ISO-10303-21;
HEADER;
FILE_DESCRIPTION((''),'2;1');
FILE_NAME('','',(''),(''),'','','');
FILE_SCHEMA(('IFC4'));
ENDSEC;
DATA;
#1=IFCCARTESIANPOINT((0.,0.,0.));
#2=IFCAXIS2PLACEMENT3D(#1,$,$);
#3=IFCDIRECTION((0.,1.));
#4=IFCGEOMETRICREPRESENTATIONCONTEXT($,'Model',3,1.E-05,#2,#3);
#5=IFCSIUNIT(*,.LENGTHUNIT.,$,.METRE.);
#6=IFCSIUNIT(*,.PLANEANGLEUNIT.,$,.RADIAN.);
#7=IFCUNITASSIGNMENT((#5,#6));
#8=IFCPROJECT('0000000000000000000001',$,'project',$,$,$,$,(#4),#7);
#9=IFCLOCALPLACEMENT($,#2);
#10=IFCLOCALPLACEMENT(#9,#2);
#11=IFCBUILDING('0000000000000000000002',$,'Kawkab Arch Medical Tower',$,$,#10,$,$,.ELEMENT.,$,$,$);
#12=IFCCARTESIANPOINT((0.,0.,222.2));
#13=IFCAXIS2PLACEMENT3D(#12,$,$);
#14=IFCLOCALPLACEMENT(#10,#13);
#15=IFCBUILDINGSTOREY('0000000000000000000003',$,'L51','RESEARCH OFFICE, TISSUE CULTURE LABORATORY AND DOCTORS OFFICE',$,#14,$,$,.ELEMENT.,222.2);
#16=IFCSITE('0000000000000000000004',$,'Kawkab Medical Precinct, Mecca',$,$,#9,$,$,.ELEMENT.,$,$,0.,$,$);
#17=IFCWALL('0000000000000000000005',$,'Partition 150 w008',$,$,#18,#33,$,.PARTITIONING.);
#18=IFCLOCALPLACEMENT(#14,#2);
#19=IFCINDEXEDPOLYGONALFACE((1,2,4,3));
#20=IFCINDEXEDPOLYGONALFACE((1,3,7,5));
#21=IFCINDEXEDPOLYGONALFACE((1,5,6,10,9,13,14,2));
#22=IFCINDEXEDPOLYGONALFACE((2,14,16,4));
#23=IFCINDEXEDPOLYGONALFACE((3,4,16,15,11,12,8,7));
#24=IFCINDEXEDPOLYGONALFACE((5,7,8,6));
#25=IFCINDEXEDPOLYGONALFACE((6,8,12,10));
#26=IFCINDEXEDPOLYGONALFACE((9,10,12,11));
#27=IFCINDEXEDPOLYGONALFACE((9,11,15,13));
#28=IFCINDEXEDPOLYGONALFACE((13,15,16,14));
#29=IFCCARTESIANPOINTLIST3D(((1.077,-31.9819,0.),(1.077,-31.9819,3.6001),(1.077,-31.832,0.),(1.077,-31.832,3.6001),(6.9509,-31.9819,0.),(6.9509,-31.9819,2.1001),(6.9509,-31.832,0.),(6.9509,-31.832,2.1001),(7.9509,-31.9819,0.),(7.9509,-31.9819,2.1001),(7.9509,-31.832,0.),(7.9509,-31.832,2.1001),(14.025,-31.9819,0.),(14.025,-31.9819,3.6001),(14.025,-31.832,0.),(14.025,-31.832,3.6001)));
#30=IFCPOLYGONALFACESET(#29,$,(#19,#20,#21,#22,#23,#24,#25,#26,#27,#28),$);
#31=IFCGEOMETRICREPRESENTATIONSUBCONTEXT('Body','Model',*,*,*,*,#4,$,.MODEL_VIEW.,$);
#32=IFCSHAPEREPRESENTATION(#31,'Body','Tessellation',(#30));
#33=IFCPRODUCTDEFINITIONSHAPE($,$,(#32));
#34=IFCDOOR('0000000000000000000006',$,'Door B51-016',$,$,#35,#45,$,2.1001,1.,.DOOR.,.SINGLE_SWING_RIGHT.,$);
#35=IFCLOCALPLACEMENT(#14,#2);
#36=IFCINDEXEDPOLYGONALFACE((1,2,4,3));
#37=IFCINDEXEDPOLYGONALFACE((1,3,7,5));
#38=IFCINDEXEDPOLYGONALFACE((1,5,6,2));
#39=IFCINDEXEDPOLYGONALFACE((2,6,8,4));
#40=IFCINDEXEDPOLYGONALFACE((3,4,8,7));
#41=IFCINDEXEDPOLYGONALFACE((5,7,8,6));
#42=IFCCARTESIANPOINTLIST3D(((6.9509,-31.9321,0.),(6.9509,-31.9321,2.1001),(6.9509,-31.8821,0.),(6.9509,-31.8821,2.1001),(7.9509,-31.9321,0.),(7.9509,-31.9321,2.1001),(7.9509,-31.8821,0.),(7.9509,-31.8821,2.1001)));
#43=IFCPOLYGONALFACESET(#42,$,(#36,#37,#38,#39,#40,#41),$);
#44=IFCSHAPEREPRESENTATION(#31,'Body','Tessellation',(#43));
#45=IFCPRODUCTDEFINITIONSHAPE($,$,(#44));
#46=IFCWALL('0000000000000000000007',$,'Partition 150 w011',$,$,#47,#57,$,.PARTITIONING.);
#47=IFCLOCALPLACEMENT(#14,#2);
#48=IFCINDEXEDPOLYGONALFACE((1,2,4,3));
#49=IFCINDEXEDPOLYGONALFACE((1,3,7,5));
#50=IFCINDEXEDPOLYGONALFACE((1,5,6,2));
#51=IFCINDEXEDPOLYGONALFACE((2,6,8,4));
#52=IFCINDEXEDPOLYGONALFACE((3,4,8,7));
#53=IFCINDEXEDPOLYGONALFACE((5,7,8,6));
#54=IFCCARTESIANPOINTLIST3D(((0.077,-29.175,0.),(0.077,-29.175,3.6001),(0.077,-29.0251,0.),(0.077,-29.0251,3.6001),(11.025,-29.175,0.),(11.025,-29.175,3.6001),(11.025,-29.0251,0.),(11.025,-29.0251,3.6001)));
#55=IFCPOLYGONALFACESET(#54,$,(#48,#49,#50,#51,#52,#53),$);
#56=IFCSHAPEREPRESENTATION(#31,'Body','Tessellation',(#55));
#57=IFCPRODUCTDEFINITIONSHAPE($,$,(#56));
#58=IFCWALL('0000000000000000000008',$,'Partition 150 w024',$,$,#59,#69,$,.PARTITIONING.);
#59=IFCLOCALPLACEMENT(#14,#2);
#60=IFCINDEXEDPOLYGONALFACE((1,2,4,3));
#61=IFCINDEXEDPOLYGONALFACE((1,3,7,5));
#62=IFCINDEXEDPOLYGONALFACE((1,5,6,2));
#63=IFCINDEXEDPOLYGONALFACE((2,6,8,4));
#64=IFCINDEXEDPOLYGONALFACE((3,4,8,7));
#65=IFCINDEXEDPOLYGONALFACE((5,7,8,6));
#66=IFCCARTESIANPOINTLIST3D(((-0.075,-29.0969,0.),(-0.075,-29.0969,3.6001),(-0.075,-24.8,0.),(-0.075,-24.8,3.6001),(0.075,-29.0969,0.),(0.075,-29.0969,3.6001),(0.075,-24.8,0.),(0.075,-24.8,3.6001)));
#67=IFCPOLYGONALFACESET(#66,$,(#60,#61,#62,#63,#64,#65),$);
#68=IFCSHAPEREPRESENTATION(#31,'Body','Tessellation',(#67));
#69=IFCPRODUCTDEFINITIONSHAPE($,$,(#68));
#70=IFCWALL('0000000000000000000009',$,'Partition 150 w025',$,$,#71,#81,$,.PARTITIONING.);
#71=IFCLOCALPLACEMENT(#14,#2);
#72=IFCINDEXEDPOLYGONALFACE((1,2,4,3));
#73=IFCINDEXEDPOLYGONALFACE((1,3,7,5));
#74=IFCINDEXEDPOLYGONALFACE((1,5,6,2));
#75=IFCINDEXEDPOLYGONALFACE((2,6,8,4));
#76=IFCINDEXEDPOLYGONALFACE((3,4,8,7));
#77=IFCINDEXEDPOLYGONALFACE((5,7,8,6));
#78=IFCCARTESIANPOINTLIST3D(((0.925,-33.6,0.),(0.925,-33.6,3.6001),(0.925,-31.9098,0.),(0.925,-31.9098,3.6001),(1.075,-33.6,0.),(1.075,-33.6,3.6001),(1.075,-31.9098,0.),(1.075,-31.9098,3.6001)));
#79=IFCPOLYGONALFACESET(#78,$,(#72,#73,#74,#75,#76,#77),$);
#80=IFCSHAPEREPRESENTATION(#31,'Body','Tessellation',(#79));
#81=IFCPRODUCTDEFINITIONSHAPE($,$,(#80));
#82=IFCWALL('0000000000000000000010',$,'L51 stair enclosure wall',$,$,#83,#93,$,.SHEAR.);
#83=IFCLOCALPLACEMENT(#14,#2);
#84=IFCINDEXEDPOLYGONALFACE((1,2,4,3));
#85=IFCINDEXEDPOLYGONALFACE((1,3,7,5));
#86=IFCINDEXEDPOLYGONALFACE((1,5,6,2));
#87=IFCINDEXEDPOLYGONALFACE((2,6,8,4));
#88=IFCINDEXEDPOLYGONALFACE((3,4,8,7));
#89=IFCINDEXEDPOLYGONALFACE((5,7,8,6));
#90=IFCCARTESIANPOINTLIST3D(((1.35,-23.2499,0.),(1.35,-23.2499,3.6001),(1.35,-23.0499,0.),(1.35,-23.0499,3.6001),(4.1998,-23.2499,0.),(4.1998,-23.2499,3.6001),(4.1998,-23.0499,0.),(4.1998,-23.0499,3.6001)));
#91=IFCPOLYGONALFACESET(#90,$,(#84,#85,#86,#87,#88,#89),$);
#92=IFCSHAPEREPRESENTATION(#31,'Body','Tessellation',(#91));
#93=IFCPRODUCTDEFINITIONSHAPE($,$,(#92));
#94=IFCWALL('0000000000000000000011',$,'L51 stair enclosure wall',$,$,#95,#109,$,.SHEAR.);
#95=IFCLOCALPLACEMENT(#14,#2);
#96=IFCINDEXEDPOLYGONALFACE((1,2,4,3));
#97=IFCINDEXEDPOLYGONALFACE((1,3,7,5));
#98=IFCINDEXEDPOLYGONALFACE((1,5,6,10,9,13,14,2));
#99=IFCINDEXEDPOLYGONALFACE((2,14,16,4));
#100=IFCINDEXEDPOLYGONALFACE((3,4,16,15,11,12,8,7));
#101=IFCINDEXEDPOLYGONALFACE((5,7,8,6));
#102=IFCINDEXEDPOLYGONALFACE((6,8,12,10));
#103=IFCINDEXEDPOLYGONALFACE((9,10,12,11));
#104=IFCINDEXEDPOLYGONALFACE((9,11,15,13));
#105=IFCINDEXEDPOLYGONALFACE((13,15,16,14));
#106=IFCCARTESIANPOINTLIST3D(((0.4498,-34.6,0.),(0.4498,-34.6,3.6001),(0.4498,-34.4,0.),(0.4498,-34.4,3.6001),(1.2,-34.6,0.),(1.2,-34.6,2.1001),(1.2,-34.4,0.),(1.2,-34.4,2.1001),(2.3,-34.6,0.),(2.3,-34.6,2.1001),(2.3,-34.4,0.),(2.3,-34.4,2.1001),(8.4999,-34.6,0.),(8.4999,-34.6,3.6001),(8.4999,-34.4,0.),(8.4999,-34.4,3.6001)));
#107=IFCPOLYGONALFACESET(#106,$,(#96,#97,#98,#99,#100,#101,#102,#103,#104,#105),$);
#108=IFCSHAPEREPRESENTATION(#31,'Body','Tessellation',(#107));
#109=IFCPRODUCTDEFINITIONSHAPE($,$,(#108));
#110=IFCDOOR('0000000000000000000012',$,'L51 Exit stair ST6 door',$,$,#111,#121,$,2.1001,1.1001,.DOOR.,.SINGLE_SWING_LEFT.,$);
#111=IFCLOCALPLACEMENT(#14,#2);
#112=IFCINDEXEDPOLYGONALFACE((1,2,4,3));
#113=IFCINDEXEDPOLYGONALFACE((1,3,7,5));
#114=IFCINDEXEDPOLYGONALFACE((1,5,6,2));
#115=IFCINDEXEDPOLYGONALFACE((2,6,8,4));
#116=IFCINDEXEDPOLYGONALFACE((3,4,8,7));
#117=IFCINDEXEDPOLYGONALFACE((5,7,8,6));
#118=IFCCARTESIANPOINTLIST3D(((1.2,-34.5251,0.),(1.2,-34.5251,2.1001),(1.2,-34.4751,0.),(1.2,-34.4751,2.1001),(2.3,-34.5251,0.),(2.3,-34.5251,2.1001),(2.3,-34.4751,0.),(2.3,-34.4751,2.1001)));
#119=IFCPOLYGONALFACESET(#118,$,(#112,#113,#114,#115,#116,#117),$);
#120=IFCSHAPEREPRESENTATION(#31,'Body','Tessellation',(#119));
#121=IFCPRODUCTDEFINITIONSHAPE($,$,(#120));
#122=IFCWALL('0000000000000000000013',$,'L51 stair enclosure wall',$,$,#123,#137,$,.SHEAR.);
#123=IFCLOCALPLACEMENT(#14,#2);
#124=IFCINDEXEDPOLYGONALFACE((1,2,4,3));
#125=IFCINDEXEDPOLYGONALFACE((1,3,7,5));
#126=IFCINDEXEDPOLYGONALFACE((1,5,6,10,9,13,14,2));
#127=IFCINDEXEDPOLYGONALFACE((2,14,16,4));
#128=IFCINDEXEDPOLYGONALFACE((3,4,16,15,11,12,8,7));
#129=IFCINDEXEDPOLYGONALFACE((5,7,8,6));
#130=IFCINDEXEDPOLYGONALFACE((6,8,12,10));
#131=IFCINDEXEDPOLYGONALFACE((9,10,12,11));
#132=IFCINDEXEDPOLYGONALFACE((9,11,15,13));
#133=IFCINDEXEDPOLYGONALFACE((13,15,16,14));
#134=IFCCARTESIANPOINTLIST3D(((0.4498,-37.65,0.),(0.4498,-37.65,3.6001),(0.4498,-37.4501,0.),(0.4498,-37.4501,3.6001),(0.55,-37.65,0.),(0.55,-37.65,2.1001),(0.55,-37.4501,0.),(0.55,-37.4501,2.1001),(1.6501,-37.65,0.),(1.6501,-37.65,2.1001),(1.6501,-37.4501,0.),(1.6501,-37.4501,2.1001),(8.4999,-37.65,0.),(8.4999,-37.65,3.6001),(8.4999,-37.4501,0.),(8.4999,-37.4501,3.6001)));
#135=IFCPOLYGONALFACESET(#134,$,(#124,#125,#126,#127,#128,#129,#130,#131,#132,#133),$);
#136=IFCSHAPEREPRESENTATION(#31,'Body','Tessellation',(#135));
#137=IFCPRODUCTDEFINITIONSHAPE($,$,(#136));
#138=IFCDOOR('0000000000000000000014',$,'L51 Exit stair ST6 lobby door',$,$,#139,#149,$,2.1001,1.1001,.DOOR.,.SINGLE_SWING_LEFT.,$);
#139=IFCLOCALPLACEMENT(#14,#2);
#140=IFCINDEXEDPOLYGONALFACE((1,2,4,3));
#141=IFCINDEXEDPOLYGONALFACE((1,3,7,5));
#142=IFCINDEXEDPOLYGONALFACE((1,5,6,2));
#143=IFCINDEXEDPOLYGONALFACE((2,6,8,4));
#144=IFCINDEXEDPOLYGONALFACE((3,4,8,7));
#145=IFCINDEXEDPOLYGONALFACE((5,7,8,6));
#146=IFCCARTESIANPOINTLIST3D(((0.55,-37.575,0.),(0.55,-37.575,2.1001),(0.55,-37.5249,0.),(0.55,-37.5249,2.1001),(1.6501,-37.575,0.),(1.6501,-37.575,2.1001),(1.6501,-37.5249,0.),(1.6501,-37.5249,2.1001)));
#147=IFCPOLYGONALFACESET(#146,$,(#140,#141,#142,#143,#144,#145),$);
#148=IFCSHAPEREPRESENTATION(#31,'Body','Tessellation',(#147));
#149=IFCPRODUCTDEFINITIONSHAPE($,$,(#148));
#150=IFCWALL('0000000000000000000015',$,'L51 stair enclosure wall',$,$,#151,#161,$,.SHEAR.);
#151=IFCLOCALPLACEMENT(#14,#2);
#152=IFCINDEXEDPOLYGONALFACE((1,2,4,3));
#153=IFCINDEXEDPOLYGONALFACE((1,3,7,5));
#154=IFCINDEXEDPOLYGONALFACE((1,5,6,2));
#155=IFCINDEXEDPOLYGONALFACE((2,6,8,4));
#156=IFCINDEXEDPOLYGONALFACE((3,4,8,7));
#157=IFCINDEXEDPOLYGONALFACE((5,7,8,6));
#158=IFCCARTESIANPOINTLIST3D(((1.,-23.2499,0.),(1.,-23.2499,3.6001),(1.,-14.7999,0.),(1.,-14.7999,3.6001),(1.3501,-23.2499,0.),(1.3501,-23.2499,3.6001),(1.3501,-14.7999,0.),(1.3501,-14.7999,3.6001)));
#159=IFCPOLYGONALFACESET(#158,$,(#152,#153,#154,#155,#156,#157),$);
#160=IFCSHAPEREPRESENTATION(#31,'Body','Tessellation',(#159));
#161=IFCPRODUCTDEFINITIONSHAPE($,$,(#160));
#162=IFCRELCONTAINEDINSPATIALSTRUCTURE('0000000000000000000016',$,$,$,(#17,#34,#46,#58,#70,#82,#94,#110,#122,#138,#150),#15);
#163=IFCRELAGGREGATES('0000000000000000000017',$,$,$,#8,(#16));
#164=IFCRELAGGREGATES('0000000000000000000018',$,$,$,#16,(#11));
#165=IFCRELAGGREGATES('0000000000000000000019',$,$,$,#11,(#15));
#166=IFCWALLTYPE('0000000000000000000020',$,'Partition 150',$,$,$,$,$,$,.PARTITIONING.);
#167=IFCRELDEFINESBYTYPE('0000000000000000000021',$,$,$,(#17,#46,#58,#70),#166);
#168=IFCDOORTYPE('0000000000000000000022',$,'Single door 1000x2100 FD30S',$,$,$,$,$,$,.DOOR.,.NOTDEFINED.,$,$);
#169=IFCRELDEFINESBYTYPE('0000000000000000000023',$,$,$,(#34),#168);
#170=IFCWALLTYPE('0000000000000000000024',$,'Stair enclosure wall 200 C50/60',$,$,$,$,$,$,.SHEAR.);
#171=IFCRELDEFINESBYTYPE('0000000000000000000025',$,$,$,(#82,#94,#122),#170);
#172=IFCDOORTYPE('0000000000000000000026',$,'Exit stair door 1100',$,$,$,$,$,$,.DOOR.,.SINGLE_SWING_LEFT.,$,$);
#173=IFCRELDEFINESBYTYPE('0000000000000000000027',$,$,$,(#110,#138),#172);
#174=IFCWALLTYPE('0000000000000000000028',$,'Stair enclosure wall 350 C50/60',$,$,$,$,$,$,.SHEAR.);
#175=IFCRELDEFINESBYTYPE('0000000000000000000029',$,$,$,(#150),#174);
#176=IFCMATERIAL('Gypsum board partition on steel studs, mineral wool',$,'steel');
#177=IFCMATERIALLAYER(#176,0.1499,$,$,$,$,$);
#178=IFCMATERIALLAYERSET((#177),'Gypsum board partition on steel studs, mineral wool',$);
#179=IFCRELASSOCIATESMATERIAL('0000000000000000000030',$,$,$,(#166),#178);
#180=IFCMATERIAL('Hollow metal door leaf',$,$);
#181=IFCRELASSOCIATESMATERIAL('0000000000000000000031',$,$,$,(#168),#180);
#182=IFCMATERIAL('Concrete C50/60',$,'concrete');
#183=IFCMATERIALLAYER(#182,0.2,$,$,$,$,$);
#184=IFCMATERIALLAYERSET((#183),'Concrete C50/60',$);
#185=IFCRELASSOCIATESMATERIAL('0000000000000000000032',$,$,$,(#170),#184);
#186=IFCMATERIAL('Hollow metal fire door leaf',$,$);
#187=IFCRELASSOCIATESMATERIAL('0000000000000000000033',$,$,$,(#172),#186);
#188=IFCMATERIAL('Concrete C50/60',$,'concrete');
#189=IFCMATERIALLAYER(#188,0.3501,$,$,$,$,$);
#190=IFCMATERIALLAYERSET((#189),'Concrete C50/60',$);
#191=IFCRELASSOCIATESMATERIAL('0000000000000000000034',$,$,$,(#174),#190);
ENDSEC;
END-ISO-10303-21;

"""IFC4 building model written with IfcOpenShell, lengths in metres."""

from ifc_helpers import new_model, si_unit, direction, frame, frame_2d, origin, place, context, subcontext, project, spatial, rectangle, extrude, material, layer, layer_set, type_object, element, fill, save


model = new_model("IFC4")

# Units and contexts
model_context = context("Model", 3, precision=1e-05, world=origin(), true_north=direction((0.0, 1.0)))
body_context = subcontext(model_context, "Body", "Model", "MODEL_VIEW")
ifc_project = project(units=[si_unit("LENGTHUNIT", "METRE"), si_unit("PLANEANGLEUNIT", "RADIAN")], contexts=[model_context])

# Site, building, storey
site_placement = place(None, origin())
site = spatial("IfcSite", under=ifc_project, at=site_placement, Name="Kawkab Medical Precinct, Mecca", CompositionType="ELEMENT", RefElevation=0.0)
building_placement = place(site_placement, origin())
building = spatial("IfcBuilding", under=site, at=building_placement, Name="Kawkab Arch Medical Tower", CompositionType="ELEMENT")
storey_placement = place(building_placement, frame((0.0, 0.0, 222.2)))
storey = spatial("IfcBuildingStorey", under=building, at=storey_placement, Name="L51", Description="RESEARCH OFFICE, TISSUE CULTURE LABORATORY AND DOCTORS OFFICE", CompositionType="ELEMENT", Elevation=222.2)

# Wall, opening, door
ifc_material_1 = material(Name="Gypsum board partition on steel studs, mineral wool", Category="steel")
ifc_layer_1 = layer(ifc_material_1, 0.1499)
ifc_layer_set_1 = layer_set([ifc_layer_1], Name="Gypsum board partition on steel studs, mineral wool")
wall_type_1 = type_object("IfcWallType", Name="Partition 150", PredefinedType="PARTITIONING", material=ifc_layer_set_1)
wall_1_placement = place(storey_placement, frame((1.0769, -31.907, 0.0), z_axis=(0.0, 0.0, 1.0), x_axis=(1.0, 0.0, 0.0)))
wall_1 = element("IfcWall", 1, at=wall_1_placement, inside=storey, type_object=wall_type_1, Name="Partition 150 w008", PredefinedType="PARTITIONING", context=body_context, shape_type="SweptSolid", body=[
    extrude(rectangle(XDim=12.948, YDim=0.1499, at=frame_2d((6.4741, 0.0))), origin(), (0.0, 0.0, 1.0), 3.6001),
])
opening_1_placement = place(wall_1_placement, frame((5.874, 0.0, 0.0)))
opening_1 = element("IfcOpeningElement", 2, at=opening_1_placement, cuts=wall_1, PredefinedType="OPENING", context=body_context, shape_type="SweptSolid", body=[
    extrude(rectangle(XDim=1.0, YDim=2.1001, at=frame_2d((0.5, 1.05))), frame((0.0, 0.085, 0.0), z_axis=(0.0, -1.0, 0.0), x_axis=(1.0, 0.0, 0.0)), (0.0, 0.0, 1.0), 0.1699),
])
ifc_material_2 = material(Name="Hollow metal door leaf")
door_type_1 = type_object("IfcDoorType", Name="Single door 1000x2100 FD30S", OperationType="NOTDEFINED", PredefinedType="DOOR", material=ifc_material_2)
door_1_placement = place(opening_1_placement, origin())
door_1 = element("IfcDoor", 3, at=door_1_placement, inside=storey, type_object=door_type_1, Name="Door B51-016", OperationType="SINGLE_SWING_RIGHT", OverallHeight=2.1001, OverallWidth=1.0, PredefinedType="DOOR", context=body_context, shape_type="SweptSolid", body=[
    extrude(rectangle(XDim=1.0, YDim=2.1001, at=frame_2d((0.5, 1.05))), frame((0.0, 0.0249, 0.0), z_axis=(0.0, -1.0, 0.0), x_axis=(1.0, 0.0, 0.0)), (0.0, 0.0, 1.0), 0.05),
])
fill(opening_1, door_1)

# Walls
wall_2_placement = place(storey_placement, frame((0.0769, -29.1001, 0.0), z_axis=(0.0, 0.0, 1.0), x_axis=(1.0, 0.0, 0.0)))
element("IfcWall", 4, at=wall_2_placement, inside=storey, type_object=wall_type_1, Name="Partition 150 w011", PredefinedType="PARTITIONING", context=body_context, shape_type="SweptSolid", body=[
    extrude(rectangle(XDim=10.948, YDim=0.1499, at=frame_2d((5.4741, 0.0))), origin(), (0.0, 0.0, 1.0), 3.6001),
])
wall_3_placement = place(storey_placement, frame((0.0, -29.0969, 0.0), z_axis=(0.0, 0.0, 1.0), x_axis=(0.0, 1.0, 0.0)))
element("IfcWall", 5, at=wall_3_placement, inside=storey, type_object=wall_type_1, Name="Partition 150 w024", PredefinedType="PARTITIONING", context=body_context, shape_type="SweptSolid", body=[
    extrude(rectangle(XDim=4.2969, YDim=0.1499, at=frame_2d((2.1484, 0.0))), origin(), (0.0, 0.0, 1.0), 3.6001),
])
wall_4_placement = place(storey_placement, frame((1.0, -33.6001, 0.0), z_axis=(0.0, 0.0, 1.0), x_axis=(0.0, 1.0, 0.0)))
element("IfcWall", 6, at=wall_4_placement, inside=storey, type_object=wall_type_1, Name="Partition 150 w025", PredefinedType="PARTITIONING", context=body_context, shape_type="SweptSolid", body=[
    extrude(rectangle(XDim=1.6902, YDim=0.1499, at=frame_2d((0.8452, 0.0))), origin(), (0.0, 0.0, 1.0), 3.6001),
])
ifc_material_3 = material(Name="Concrete C50/60", Category="concrete")
ifc_layer_2 = layer(ifc_material_3, 0.2)
ifc_layer_set_2 = layer_set([ifc_layer_2], Name="Concrete C50/60")
wall_type_2 = type_object("IfcWallType", Name="Stair enclosure wall 200 C50/60", PredefinedType="SHEAR", material=ifc_layer_set_2)
wall_5_placement = place(storey_placement, frame((1.3501, -23.1499, 0.0), z_axis=(0.0, 0.0, 1.0), x_axis=(1.0, 0.0, 0.0)))
element("IfcWall", 7, at=wall_5_placement, inside=storey, type_object=wall_type_2, Name="L51 stair enclosure wall", PredefinedType="SHEAR", context=body_context, shape_type="SweptSolid", body=[
    extrude(rectangle(XDim=2.8499, YDim=0.2, at=frame_2d((1.4248, 0.0))), origin(), (0.0, 0.0, 1.0), 3.6001),
])

# Walls, openings, doors
wall_6_placement = place(storey_placement, frame((0.45, -34.5, 0.0), z_axis=(0.0, 0.0, 1.0), x_axis=(1.0, 0.0, 0.0)))
wall_6 = element("IfcWall", 8, at=wall_6_placement, inside=storey, type_object=wall_type_2, Name="L51 stair enclosure wall", PredefinedType="SHEAR", context=body_context, shape_type="SweptSolid", body=[
    extrude(rectangle(XDim=8.05, YDim=0.2, at=frame_2d((4.0249, 0.0))), origin(), (0.0, 0.0, 1.0), 3.6001),
])
opening_2_placement = place(wall_6_placement, frame((0.75, 0.0, 0.0)))
opening_2 = element("IfcOpeningElement", 9, at=opening_2_placement, cuts=wall_6, PredefinedType="OPENING", context=body_context, shape_type="SweptSolid", body=[
    extrude(rectangle(XDim=1.1001, YDim=2.1001, at=frame_2d((0.55, 1.05))), frame((0.0, 0.1099, 0.0), z_axis=(0.0, -1.0, 0.0), x_axis=(1.0, 0.0, 0.0)), (0.0, 0.0, 1.0), 0.22),
])
ifc_material_4 = material(Name="Hollow metal fire door leaf")
door_type_2 = type_object("IfcDoorType", Name="Exit stair door 1100", OperationType="SINGLE_SWING_LEFT", PredefinedType="DOOR", material=ifc_material_4)
door_2_placement = place(opening_2_placement, origin())
door_2 = element("IfcDoor", 10, at=door_2_placement, inside=storey, type_object=door_type_2, Name="L51 Exit stair ST6 door", OperationType="SINGLE_SWING_LEFT", OverallHeight=2.1001, OverallWidth=1.1001, PredefinedType="DOOR", context=body_context, shape_type="SweptSolid", body=[
    extrude(rectangle(XDim=1.1001, YDim=2.1001, at=frame_2d((0.55, 1.05))), frame((0.0, 0.0249, 0.0), z_axis=(0.0, -1.0, 0.0), x_axis=(1.0, 0.0, 0.0)), (0.0, 0.0, 1.0), 0.05),
])
fill(opening_2, door_2)
wall_7_placement = place(storey_placement, frame((0.45, -37.55, 0.0), z_axis=(0.0, 0.0, 1.0), x_axis=(1.0, 0.0, 0.0)))
wall_7 = element("IfcWall", 11, at=wall_7_placement, inside=storey, type_object=wall_type_2, Name="L51 stair enclosure wall", PredefinedType="SHEAR", context=body_context, shape_type="SweptSolid", body=[
    extrude(rectangle(XDim=8.05, YDim=0.2, at=frame_2d((4.0249, 0.0))), origin(), (0.0, 0.0, 1.0), 3.6001),
])
opening_3_placement = place(wall_7_placement, frame((0.1001, 0.0, 0.0)))
opening_3 = element("IfcOpeningElement", 12, at=opening_3_placement, cuts=wall_7, PredefinedType="OPENING", context=body_context, shape_type="SweptSolid", body=[
    extrude(rectangle(XDim=1.1001, YDim=2.1001, at=frame_2d((0.55, 1.05))), frame((0.0, 0.1099, 0.0), z_axis=(0.0, -1.0, 0.0), x_axis=(1.0, 0.0, 0.0)), (0.0, 0.0, 1.0), 0.22),
])
door_3_placement = place(opening_3_placement, frame((1.1001, 0.0, 0.0), z_axis=(0.0, 0.0, 1.0), x_axis=(-1.0, 0.0, 0.0)))
door_3 = element("IfcDoor", 13, at=door_3_placement, inside=storey, type_object=door_type_2, Name="L51 Exit stair ST6 lobby door", OperationType="SINGLE_SWING_LEFT", OverallHeight=2.1001, OverallWidth=1.1001, PredefinedType="DOOR", context=body_context, shape_type="SweptSolid", body=[
    extrude(rectangle(XDim=1.1001, YDim=2.1001, at=frame_2d((0.55, 1.05))), frame((0.0, 0.0249, 0.0), z_axis=(0.0, -1.0, 0.0), x_axis=(1.0, 0.0, 0.0)), (0.0, 0.0, 1.0), 0.05),
])
fill(opening_3, door_3)

# Wall
ifc_material_5 = material(Name="Concrete C50/60", Category="concrete")
ifc_layer_3 = layer(ifc_material_5, 0.3501)
ifc_layer_set_3 = layer_set([ifc_layer_3], Name="Concrete C50/60")
wall_type_3 = type_object("IfcWallType", Name="Stair enclosure wall 350 C50/60", PredefinedType="SHEAR", material=ifc_layer_set_3)
wall_8_placement = place(storey_placement, frame((1.175, -23.25, 0.0), z_axis=(0.0, 0.0, 1.0), x_axis=(0.0, 1.0, 0.0)))
element("IfcWall", 14, at=wall_8_placement, inside=storey, type_object=wall_type_3, Name="L51 stair enclosure wall", PredefinedType="SHEAR", context=body_context, shape_type="SweptSolid", body=[
    extrude(rectangle(XDim=8.45, YDim=0.3501, at=frame_2d((4.2251, 0.0))), origin(), (0.0, 0.0, 1.0), 3.6001),
])

save(model, "model.ifc")
